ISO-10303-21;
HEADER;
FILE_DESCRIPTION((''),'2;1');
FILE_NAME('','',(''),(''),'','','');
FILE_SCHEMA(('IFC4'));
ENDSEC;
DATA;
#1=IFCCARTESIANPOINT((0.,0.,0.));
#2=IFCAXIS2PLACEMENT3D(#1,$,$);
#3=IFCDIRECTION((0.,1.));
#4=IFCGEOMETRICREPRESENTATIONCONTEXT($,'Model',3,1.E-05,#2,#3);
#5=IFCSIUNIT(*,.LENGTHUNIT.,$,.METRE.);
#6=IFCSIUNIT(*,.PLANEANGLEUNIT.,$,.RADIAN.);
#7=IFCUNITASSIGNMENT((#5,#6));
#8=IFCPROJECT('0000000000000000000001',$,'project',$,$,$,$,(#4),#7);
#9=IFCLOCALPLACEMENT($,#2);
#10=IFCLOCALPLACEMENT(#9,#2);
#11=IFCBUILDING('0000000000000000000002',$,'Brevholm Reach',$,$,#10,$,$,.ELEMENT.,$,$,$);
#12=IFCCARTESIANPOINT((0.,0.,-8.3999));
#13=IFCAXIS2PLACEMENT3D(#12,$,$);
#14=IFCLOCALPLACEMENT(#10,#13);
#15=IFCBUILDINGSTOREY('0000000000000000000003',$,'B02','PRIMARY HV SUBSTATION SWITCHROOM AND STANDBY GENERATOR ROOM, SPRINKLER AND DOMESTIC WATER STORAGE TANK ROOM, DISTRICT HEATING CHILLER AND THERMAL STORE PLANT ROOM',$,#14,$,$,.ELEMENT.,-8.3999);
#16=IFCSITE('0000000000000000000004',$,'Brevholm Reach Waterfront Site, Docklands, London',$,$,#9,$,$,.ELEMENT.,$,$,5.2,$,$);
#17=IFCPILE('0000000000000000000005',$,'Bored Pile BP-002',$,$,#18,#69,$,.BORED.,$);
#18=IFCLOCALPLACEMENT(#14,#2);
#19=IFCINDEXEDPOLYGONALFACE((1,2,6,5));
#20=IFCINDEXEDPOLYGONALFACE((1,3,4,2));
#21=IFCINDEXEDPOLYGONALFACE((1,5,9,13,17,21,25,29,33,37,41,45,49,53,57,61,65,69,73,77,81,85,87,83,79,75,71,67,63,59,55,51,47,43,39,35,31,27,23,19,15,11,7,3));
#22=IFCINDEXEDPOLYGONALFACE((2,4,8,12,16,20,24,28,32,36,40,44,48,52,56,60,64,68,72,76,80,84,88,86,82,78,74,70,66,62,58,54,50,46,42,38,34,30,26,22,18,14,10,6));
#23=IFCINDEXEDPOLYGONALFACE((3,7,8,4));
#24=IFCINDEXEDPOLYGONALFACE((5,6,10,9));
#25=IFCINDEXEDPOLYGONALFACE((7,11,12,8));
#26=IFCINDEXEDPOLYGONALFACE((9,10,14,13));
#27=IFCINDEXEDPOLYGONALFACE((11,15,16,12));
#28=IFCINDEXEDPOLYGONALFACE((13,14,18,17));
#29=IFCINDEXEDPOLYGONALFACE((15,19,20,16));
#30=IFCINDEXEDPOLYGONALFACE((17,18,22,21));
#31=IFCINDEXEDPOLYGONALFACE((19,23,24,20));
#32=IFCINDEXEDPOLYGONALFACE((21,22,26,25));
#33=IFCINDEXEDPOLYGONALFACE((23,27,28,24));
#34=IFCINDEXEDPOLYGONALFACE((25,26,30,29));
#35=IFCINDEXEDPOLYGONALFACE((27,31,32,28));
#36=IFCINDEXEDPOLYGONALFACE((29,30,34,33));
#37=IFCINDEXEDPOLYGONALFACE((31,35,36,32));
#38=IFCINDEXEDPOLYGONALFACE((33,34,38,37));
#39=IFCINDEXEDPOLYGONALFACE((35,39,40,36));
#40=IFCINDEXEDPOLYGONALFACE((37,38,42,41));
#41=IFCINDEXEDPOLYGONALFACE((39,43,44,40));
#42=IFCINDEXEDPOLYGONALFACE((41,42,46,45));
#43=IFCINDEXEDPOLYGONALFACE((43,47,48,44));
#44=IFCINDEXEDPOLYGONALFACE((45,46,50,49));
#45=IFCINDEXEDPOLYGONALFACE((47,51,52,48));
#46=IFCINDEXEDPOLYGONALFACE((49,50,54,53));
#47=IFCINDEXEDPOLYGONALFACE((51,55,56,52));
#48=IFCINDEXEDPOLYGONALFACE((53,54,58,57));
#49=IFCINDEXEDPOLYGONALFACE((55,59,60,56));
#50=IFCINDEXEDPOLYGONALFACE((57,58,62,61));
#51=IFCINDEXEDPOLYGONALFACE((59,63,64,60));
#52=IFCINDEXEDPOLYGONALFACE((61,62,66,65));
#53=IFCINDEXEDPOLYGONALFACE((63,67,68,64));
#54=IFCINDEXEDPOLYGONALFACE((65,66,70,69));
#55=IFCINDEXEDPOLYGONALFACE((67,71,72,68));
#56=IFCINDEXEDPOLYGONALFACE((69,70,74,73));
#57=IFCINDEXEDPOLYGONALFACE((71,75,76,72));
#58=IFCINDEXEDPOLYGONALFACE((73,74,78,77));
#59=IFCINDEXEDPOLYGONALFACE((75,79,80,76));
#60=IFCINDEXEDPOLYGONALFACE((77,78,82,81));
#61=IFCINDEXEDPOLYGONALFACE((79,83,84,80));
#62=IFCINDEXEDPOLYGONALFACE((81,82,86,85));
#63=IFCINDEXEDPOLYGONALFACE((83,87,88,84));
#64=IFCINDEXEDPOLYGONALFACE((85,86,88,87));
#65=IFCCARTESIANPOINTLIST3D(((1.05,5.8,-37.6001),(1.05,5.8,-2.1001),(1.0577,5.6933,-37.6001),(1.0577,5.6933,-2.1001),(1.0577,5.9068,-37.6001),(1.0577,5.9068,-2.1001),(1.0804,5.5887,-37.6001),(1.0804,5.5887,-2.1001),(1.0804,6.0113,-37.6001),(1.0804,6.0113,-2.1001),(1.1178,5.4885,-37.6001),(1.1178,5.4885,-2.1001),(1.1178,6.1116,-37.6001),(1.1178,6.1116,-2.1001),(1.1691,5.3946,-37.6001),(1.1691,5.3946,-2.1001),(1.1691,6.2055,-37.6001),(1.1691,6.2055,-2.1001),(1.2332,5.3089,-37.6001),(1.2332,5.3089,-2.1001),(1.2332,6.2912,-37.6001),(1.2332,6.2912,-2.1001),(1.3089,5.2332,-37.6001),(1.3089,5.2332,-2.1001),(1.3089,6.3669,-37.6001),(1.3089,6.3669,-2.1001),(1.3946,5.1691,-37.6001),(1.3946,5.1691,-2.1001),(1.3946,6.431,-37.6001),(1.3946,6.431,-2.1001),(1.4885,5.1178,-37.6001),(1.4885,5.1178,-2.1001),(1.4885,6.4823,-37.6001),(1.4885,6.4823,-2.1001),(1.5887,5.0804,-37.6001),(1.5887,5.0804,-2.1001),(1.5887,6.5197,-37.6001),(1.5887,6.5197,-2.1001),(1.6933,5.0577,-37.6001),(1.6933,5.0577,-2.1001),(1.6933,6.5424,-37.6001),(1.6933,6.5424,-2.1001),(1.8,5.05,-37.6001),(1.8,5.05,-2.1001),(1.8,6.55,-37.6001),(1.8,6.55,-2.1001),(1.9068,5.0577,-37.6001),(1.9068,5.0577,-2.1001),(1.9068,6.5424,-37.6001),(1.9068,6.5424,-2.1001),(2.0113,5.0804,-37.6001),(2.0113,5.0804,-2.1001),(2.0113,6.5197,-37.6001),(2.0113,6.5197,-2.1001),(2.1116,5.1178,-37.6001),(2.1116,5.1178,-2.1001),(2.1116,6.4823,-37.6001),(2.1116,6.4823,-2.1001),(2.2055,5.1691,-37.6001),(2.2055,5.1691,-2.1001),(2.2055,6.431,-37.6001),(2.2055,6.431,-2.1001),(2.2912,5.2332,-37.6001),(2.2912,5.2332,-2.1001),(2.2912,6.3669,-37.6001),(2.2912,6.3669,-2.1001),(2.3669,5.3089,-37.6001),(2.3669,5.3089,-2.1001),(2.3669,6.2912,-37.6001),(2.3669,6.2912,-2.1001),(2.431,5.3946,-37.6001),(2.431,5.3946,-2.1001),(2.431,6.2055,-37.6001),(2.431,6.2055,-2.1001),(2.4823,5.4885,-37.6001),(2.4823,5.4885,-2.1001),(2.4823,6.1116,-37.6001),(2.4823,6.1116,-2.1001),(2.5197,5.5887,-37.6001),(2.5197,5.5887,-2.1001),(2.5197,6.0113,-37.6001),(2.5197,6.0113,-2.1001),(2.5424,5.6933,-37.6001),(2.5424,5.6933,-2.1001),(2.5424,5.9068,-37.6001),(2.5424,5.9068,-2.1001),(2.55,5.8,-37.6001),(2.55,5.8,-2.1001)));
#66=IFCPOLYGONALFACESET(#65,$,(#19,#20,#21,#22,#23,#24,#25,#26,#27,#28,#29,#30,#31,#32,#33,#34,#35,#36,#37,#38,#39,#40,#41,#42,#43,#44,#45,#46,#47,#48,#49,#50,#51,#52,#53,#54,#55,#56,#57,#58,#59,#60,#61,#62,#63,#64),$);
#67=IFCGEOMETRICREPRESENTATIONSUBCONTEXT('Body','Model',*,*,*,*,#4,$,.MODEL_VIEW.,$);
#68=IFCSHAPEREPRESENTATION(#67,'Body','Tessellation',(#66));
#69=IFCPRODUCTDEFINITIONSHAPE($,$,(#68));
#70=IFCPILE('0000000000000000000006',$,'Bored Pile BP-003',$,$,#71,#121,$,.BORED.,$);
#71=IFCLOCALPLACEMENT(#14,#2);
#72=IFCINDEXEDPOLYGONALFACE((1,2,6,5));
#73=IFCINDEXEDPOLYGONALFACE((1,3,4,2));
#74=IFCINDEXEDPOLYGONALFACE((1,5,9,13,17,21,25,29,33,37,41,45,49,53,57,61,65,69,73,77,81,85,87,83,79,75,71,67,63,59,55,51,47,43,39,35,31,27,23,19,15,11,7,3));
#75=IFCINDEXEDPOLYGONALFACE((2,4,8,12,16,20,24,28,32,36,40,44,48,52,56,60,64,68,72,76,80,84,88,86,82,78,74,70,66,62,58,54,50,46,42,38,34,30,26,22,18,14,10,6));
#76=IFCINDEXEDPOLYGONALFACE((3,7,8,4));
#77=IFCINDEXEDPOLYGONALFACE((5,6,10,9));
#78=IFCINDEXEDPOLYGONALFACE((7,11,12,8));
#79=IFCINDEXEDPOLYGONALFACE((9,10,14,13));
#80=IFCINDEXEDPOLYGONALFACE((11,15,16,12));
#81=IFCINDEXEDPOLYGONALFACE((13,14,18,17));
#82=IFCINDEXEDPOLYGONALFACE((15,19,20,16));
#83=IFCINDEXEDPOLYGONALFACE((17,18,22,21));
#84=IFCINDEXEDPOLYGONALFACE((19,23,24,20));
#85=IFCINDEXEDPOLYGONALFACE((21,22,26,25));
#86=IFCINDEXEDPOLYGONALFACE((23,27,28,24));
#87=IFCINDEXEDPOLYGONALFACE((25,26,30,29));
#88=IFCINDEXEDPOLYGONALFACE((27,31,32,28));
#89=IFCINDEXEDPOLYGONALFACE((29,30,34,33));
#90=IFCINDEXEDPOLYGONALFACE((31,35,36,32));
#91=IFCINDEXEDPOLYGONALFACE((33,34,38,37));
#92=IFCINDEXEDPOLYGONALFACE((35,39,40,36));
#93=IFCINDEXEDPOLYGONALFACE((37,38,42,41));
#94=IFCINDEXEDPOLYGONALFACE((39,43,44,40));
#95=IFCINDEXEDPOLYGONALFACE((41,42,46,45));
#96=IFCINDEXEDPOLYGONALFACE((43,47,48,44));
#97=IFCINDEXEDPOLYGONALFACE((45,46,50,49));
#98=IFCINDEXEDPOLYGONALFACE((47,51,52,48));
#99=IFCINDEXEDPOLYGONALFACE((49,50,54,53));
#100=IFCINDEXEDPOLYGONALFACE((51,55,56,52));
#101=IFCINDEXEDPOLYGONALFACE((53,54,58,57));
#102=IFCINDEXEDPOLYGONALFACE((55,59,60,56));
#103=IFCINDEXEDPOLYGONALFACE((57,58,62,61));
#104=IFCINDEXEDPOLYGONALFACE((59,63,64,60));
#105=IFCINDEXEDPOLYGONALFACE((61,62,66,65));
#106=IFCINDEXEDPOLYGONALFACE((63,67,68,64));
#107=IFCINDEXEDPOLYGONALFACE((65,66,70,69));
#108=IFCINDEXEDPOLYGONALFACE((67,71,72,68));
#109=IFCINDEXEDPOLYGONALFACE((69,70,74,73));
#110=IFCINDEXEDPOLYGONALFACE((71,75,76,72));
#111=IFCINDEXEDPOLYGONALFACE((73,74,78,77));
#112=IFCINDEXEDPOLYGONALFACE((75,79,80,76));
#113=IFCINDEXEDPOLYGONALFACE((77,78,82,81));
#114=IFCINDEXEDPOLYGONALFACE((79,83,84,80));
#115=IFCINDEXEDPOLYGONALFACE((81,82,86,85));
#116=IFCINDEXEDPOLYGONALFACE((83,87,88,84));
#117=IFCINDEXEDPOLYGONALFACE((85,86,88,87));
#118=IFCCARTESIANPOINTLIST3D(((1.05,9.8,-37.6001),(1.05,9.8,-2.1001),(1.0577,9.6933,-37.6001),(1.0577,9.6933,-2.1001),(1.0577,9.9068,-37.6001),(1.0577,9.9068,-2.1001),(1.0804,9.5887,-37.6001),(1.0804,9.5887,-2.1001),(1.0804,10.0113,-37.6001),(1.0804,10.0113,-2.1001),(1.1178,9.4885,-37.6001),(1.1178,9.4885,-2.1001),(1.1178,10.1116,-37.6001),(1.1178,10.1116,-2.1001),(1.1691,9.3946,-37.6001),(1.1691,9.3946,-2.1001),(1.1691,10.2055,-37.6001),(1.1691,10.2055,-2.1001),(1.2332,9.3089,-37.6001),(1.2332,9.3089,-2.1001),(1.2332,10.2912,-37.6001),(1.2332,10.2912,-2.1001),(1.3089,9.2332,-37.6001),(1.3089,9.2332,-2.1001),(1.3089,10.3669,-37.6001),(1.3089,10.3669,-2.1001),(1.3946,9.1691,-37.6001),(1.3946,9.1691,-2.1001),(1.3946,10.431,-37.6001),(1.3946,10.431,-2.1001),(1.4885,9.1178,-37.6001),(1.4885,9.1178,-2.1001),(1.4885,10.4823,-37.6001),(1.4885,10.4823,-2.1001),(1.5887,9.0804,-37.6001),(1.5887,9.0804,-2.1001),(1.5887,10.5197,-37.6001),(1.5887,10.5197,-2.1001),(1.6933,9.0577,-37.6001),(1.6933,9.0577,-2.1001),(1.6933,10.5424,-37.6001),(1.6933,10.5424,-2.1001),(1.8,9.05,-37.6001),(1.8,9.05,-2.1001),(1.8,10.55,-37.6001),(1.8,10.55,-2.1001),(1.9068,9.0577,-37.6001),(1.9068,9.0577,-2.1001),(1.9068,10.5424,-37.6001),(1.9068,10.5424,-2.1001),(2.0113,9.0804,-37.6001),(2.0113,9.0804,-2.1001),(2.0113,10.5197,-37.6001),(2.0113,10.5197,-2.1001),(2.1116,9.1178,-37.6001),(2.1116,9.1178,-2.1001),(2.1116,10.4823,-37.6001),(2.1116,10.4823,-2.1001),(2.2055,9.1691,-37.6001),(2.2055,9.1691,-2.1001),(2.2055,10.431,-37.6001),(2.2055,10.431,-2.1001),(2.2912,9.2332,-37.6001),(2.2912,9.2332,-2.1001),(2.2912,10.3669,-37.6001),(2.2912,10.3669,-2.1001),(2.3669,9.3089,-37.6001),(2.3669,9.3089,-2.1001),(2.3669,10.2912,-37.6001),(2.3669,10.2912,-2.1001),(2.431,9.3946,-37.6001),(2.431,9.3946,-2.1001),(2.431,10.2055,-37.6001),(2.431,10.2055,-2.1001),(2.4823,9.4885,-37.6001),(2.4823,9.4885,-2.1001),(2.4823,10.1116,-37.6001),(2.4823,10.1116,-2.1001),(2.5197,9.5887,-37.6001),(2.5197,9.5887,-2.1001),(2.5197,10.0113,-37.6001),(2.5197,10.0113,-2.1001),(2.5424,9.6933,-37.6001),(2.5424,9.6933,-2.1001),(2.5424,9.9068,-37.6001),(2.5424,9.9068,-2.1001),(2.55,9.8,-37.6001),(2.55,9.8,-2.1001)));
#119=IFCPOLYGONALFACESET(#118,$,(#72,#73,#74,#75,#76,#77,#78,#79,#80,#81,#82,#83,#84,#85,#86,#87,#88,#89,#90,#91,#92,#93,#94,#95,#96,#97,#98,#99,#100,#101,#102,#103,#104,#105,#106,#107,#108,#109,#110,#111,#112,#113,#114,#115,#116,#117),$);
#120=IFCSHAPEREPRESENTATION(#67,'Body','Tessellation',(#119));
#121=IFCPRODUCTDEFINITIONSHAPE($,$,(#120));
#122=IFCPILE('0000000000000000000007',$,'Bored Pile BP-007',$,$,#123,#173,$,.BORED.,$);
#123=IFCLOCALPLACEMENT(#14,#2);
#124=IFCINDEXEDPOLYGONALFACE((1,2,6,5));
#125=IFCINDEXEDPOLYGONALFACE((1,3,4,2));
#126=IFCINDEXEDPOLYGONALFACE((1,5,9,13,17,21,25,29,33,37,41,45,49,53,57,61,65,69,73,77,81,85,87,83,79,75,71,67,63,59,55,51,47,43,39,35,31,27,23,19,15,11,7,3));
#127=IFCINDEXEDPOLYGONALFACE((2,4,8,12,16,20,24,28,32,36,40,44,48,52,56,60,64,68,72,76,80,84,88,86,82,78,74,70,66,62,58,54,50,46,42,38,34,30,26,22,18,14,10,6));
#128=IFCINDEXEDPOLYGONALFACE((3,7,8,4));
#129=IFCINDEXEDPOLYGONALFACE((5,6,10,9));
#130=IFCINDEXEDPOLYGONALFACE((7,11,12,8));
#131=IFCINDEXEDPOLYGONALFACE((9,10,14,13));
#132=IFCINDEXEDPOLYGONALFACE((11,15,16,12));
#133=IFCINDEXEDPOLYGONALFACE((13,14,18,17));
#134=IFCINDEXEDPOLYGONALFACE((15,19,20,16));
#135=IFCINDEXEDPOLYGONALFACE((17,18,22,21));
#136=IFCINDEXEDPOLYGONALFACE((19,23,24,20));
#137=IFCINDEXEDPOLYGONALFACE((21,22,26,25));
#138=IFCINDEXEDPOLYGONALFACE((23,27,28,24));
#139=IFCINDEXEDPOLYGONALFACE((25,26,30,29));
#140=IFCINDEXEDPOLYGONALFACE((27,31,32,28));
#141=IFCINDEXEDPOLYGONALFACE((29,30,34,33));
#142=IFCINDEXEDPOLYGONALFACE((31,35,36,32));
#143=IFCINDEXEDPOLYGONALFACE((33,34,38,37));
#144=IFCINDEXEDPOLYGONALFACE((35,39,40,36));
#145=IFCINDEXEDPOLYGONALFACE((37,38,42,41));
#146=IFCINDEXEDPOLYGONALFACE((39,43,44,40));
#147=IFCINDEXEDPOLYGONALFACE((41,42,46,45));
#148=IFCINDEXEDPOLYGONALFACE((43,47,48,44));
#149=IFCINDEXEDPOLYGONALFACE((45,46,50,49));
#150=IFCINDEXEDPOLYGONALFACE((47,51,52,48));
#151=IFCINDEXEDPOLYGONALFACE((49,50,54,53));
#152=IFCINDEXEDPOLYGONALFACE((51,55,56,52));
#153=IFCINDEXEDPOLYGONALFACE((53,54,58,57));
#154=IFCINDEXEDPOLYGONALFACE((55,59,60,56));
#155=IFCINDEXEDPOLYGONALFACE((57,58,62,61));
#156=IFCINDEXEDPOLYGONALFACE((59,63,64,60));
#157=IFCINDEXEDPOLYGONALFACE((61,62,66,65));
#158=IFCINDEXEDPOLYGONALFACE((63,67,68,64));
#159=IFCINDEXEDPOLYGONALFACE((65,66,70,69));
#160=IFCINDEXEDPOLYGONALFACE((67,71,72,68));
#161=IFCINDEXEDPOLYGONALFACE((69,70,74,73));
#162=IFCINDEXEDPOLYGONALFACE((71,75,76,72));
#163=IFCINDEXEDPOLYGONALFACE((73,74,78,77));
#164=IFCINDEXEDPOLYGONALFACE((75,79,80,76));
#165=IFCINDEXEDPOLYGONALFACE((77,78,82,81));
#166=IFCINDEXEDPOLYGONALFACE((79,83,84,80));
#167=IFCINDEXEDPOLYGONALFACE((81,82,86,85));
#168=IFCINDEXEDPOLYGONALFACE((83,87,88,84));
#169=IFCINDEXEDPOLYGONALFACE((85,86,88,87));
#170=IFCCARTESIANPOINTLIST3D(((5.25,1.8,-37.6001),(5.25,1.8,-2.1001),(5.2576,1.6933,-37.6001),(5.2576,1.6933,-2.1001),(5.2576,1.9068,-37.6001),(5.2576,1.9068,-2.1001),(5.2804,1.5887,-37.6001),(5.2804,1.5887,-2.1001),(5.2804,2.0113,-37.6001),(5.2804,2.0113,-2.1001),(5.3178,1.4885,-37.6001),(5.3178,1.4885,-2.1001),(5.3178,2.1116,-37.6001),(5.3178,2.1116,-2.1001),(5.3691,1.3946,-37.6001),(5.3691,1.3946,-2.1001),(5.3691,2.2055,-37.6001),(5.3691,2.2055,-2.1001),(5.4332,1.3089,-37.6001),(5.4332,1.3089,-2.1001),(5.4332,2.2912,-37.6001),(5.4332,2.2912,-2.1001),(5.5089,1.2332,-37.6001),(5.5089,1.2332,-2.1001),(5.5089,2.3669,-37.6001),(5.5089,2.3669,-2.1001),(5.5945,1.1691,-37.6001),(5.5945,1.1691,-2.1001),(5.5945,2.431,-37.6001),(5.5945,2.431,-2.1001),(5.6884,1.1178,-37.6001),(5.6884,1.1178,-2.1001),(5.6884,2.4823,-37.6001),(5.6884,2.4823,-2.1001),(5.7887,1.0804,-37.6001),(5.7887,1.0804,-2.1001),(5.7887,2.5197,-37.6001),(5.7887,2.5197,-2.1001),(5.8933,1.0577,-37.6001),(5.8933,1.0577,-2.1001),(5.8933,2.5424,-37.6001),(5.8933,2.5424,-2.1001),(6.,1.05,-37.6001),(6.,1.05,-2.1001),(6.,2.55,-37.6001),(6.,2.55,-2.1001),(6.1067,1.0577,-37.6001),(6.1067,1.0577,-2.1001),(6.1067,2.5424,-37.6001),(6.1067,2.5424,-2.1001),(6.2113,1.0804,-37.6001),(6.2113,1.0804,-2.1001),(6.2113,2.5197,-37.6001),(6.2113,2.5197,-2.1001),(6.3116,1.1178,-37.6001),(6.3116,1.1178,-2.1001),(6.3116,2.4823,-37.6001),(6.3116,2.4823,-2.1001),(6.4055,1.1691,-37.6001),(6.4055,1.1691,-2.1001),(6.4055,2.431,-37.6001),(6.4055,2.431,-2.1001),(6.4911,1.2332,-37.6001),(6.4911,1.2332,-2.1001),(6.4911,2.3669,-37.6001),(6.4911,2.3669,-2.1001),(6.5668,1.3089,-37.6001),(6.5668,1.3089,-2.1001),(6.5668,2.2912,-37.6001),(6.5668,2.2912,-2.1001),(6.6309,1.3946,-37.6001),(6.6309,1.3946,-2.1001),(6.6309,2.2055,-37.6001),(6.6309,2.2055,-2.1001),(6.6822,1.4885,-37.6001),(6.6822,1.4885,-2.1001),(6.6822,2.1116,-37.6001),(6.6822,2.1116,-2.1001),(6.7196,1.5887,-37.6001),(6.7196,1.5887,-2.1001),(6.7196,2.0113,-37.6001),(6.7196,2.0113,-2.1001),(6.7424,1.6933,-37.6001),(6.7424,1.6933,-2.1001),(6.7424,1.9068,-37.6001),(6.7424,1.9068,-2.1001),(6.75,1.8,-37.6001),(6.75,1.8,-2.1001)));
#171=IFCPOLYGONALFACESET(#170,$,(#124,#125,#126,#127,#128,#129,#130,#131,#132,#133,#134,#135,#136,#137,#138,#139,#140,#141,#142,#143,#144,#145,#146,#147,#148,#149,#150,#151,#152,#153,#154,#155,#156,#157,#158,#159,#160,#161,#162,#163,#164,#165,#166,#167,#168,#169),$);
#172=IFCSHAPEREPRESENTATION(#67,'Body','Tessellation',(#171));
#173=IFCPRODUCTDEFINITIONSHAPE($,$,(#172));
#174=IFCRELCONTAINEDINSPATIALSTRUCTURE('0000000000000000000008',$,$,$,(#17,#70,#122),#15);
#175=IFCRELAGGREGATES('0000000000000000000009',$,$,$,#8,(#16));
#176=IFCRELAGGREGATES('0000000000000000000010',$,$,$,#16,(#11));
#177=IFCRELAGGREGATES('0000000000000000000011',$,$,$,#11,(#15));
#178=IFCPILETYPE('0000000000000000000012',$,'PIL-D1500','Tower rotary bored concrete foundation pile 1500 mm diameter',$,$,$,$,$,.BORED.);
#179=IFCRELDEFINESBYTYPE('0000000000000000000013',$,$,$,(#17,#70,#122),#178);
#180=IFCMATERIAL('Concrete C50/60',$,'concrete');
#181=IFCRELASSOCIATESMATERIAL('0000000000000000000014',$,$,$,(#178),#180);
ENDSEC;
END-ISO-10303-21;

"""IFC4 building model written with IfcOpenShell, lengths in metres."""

from ifc_helpers import new_model, si_unit, direction, frame, origin, origin_2d, place, context, subcontext, project, spatial, circle, extrude, material, material_profile, profile_set, type_object, element, save


model = new_model("IFC4")

# Units and contexts
model_context = context("Model", 3, precision=1e-05, world=origin(), true_north=direction((0.0, 1.0)))
body_context = subcontext(model_context, "Body", "Model", "MODEL_VIEW")
ifc_project = project(units=[si_unit("LENGTHUNIT", "METRE"), si_unit("PLANEANGLEUNIT", "RADIAN")], contexts=[model_context])

# Site, building, storey
site_placement = place(None, origin())
site = spatial("IfcSite", under=ifc_project, at=site_placement, Name="Brevholm Reach Waterfront Site, Docklands, London", CompositionType="ELEMENT", RefElevation=5.2)
building_placement = place(site_placement, origin())
building = spatial("IfcBuilding", under=site, at=building_placement, Name="Brevholm Reach", CompositionType="ELEMENT")
storey_placement = place(building_placement, frame((0.0, 0.0, -8.3999)))
storey = spatial("IfcBuildingStorey", under=building, at=storey_placement, Name="B02", Description="PRIMARY HV SUBSTATION SWITCHROOM AND STANDBY GENERATOR ROOM, SPRINKLER AND DOMESTIC WATER STORAGE TANK ROOM, DISTRICT HEATING CHILLER AND THERMAL STORE PLANT ROOM", CompositionType="ELEMENT", Elevation=-8.3999)

# Piles
ifc_material_1 = material(Name="Concrete C50/60", Category="concrete")
ifc_material_profile_1 = material_profile(ifc_material_1, circle(Radius=0.75, at=origin_2d()), Name="PILE D1500")
ifc_profile_set_1 = profile_set([ifc_material_profile_1], Name="Concrete C50/60")
pile_type_1 = type_object("IfcPileType", Name="PIL-D1500", Description="Tower rotary bored concrete foundation pile 1500 mm diameter", PredefinedType="BORED", material=ifc_profile_set_1)
for number, where, z_axis, x_axis, name in (
    (1, (1.8, 5.8, -2.1001), (0.0, 0.0, -1.0), (1.0, 0.0, 0.0), "Bored Pile BP-002"),
    (2, (1.8, 9.8, -2.1001), (0.0, 0.0, -1.0), (1.0, 0.0, 0.0), "Bored Pile BP-003"),
    (3, (6.0, 1.8, -2.1001), (0.0, 0.0, -1.0), (1.0, 0.0, 0.0), "Bored Pile BP-007"),
):
    element("IfcPile", number, at=place(storey_placement, frame(where, z_axis=z_axis, x_axis=x_axis)), inside=storey, type_object=pile_type_1, Name=name, PredefinedType="BORED", context=body_context, shape_type="SweptSolid", body=[
        extrude(circle(Radius=0.75, at=origin_2d()), origin(), (0.0, 0.0, 1.0), 35.5),
    ])

save(model, "model.ifc")
